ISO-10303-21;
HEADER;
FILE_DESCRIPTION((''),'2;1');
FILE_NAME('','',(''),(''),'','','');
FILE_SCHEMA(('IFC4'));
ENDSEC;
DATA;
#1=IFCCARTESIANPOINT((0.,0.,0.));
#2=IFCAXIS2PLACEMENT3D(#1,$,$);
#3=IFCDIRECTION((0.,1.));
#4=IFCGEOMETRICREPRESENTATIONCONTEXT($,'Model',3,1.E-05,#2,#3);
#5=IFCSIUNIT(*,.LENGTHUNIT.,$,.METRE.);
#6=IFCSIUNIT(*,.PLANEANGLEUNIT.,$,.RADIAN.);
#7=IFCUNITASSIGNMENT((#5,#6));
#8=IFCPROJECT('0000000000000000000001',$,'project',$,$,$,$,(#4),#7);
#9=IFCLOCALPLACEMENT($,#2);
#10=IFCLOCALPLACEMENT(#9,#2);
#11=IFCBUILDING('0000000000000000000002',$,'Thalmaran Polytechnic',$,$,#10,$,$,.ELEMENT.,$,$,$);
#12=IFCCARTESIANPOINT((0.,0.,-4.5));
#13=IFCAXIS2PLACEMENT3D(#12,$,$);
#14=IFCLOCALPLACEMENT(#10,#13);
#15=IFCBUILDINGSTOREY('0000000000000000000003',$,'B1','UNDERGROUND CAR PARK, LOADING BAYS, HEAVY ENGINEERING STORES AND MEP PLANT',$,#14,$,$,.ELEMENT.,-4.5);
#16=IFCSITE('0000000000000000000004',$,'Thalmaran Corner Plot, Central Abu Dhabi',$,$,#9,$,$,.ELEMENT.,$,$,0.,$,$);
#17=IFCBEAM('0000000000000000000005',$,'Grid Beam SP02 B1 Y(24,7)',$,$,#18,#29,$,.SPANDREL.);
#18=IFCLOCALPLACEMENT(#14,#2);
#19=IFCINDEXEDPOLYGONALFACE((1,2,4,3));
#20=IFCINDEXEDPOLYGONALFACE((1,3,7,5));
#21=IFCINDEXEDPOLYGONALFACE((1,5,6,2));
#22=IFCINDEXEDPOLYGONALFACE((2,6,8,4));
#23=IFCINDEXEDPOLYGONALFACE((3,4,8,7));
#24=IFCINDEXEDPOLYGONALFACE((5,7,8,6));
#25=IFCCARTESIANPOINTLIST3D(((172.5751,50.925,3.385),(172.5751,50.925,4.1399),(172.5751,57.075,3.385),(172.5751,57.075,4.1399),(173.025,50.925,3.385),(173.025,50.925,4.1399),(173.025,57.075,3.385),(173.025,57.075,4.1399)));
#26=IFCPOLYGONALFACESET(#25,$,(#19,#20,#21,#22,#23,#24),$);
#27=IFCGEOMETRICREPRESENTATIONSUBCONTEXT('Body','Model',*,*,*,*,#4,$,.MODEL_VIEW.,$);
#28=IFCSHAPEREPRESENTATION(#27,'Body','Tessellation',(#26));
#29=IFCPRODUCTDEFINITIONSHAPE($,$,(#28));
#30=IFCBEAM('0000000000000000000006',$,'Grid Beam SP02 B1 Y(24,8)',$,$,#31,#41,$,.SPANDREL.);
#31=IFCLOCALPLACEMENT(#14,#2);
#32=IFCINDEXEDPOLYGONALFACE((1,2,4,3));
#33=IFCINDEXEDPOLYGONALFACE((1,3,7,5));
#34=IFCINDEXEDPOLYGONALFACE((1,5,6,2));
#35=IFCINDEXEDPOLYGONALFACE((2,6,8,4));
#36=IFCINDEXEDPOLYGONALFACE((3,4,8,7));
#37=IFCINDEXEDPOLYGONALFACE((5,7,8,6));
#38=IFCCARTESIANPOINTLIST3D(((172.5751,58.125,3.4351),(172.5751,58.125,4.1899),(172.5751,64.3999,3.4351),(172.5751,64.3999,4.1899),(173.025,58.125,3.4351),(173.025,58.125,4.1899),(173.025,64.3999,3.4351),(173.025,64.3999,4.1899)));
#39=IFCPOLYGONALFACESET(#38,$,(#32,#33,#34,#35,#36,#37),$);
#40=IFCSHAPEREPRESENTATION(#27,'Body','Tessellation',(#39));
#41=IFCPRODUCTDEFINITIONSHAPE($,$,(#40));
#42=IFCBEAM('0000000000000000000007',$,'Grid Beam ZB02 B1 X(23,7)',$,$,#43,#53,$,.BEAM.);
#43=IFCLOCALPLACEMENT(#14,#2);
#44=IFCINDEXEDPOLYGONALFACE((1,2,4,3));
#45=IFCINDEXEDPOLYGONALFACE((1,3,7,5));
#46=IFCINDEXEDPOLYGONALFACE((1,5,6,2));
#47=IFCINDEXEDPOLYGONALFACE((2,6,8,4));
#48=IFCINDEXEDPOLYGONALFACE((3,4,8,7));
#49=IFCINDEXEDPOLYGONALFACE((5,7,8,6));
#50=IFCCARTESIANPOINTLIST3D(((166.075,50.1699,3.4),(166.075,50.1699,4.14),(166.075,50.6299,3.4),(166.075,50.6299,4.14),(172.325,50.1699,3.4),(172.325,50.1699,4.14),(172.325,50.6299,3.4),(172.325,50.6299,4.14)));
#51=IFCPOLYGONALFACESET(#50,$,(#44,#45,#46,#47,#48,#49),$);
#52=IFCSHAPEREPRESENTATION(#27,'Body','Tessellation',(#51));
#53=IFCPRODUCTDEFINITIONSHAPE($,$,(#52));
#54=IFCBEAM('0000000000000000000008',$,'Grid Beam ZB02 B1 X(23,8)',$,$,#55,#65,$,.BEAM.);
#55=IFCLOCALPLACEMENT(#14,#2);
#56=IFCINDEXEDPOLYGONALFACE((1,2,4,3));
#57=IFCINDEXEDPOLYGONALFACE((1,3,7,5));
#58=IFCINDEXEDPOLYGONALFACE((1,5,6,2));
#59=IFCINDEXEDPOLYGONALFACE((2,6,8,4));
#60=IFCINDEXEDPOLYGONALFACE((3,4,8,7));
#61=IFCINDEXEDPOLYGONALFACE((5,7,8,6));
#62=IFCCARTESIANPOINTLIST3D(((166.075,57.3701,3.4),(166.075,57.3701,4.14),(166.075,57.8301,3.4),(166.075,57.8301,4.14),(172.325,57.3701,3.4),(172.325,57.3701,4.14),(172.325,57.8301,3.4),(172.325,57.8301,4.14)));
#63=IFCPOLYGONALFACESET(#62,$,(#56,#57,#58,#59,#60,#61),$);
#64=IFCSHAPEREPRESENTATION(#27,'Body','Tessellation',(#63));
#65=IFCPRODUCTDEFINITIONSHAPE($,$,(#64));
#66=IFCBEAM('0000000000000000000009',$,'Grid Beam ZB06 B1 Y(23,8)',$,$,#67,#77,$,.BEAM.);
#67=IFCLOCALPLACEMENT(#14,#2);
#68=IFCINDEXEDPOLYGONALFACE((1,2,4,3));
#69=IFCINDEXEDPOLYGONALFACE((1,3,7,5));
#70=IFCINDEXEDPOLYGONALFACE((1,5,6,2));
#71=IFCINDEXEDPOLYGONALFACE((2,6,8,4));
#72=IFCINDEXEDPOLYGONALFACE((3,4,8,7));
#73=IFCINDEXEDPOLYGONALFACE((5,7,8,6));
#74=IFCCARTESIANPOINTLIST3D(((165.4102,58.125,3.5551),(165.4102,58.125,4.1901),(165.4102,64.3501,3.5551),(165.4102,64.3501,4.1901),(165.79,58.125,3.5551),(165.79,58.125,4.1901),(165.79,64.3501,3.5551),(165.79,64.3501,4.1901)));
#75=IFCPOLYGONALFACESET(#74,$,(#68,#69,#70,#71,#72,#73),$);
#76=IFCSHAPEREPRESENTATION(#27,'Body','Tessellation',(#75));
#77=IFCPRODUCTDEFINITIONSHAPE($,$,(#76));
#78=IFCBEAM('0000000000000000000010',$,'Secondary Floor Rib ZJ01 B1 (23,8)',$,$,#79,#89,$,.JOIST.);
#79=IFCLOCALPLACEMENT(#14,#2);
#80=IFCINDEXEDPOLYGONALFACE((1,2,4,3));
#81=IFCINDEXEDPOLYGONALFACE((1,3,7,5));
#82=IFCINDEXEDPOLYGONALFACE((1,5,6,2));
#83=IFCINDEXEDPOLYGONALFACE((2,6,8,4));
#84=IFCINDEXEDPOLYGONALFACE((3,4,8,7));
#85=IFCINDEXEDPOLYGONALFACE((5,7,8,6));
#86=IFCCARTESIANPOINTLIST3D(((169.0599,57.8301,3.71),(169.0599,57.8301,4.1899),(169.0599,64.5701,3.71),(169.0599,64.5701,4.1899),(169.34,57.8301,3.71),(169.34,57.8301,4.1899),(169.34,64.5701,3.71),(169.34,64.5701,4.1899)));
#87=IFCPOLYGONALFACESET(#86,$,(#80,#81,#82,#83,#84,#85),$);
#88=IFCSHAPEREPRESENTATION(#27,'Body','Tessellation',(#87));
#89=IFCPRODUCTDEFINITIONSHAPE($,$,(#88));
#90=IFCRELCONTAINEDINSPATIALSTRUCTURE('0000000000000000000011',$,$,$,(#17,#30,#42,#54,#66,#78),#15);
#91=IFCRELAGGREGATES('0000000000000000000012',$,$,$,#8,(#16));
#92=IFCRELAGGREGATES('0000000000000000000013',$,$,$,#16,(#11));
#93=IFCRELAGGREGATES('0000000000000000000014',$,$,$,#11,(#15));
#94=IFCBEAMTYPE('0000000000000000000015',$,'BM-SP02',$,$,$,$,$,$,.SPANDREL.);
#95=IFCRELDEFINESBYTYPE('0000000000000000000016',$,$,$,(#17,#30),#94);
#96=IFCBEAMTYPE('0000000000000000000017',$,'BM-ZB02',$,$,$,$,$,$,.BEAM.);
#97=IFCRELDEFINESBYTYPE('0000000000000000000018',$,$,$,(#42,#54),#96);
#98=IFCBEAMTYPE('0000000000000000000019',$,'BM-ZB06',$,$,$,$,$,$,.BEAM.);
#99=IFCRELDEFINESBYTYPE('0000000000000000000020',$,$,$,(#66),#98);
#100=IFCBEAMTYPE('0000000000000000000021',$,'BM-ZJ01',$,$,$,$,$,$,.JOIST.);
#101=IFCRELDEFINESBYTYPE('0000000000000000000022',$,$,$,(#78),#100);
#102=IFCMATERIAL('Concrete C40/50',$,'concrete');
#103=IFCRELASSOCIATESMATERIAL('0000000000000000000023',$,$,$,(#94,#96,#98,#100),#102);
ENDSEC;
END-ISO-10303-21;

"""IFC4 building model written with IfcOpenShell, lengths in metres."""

from ifc_helpers import new_model, si_unit, direction, frame, origin, origin_2d, place, context, subcontext, project, spatial, rectangle, extrude, material, material_profile, profile_set, type_object, element, save


model = new_model("IFC4")

# Units and contexts
model_context = context("Model", 3, precision=1e-05, world=origin(), true_north=direction((0.0, 1.0)))
body_context = subcontext(model_context, "Body", "Model", "MODEL_VIEW")
ifc_project = project(units=[si_unit("LENGTHUNIT", "METRE"), si_unit("PLANEANGLEUNIT", "RADIAN")], contexts=[model_context])

# Site, building, storey
site_placement = place(None, origin())
site = spatial("IfcSite", under=ifc_project, at=site_placement, Name="Thalmaran Corner Plot, Central Abu Dhabi", CompositionType="ELEMENT", RefElevation=0.0)
building_placement = place(site_placement, origin())
building = spatial("IfcBuilding", under=site, at=building_placement, Name="Thalmaran Polytechnic", CompositionType="ELEMENT")
storey_placement = place(building_placement, frame((0.0, 0.0, -4.5)))
storey = spatial("IfcBuildingStorey", under=building, at=storey_placement, Name="B1", Description="UNDERGROUND CAR PARK, LOADING BAYS, HEAVY ENGINEERING STORES AND MEP PLANT", CompositionType="ELEMENT", Elevation=-4.5)

# Shared definitions
ifc_material_1 = material(Name="Concrete C40/50", Category="concrete")

# Beams
ifc_material_profile_1 = material_profile(ifc_material_1, rectangle(XDim=0.45, YDim=0.7549, at=origin_2d()), Name="RC 450x755")
ifc_profile_set_1 = profile_set([ifc_material_profile_1], Name="Concrete C40/50")
beam_type_1 = type_object("IfcBeamType", Name="BM-SP02", PredefinedType="SPANDREL", material=ifc_profile_set_1)
beam_1_placement = place(storey_placement, frame((172.8, 50.925, 3.7625), z_axis=(0.0, 1.0, 0.0), x_axis=(-1.0, 0.0, 0.0)))
element("IfcBeam", 1, at=beam_1_placement, inside=storey, type_object=beam_type_1, Name="Grid Beam SP02 B1 Y(24,7)", PredefinedType="SPANDREL", context=body_context, shape_type="SweptSolid", body=[
    extrude(rectangle(XDim=0.45, YDim=0.7549, at=origin_2d()), origin(), (0.0, 0.0, 1.0), 6.1499),
])
beam_2_placement = place(storey_placement, frame((172.8, 58.125, 3.8125), z_axis=(0.0, 1.0, 0.0), x_axis=(-1.0, 0.0, 0.0)))
element("IfcBeam", 2, at=beam_2_placement, inside=storey, type_object=beam_type_1, Name="Grid Beam SP02 B1 Y(24,8)", PredefinedType="SPANDREL", context=body_context, shape_type="SweptSolid", body=[
    extrude(rectangle(XDim=0.45, YDim=0.7549, at=origin_2d()), origin(), (0.0, 0.0, 1.0), 6.2749),
])
ifc_material_profile_2 = material_profile(ifc_material_1, rectangle(XDim=0.46, YDim=0.74, at=origin_2d()), Name="RC 460x740")
ifc_profile_set_2 = profile_set([ifc_material_profile_2], Name="Concrete C40/50")
beam_type_2 = type_object("IfcBeamType", Name="BM-ZB02", PredefinedType="BEAM", material=ifc_profile_set_2)
for number, where, z_axis, x_axis, name in (
    (3, (166.075, 50.3999, 3.77), (1.0, 0.0, 0.0), (0.0, 1.0, 0.0), "Grid Beam ZB02 B1 X(23,7)"),
    (4, (166.075, 57.6001, 3.77), (1.0, 0.0, 0.0), (0.0, 1.0, 0.0), "Grid Beam ZB02 B1 X(23,8)"),
):
    element("IfcBeam", number, at=place(storey_placement, frame(where, z_axis=z_axis, x_axis=x_axis)), inside=storey, type_object=beam_type_2, Name=name, PredefinedType="BEAM", context=body_context, shape_type="SweptSolid", body=[
        extrude(rectangle(XDim=0.46, YDim=0.74, at=origin_2d()), origin(), (0.0, 0.0, 1.0), 6.25),
    ])
ifc_material_profile_3 = material_profile(ifc_material_1, rectangle(XDim=0.3799, YDim=0.635, at=origin_2d()), Name="RC 380x635")
ifc_profile_set_3 = profile_set([ifc_material_profile_3], Name="Concrete C40/50")
beam_type_3 = type_object("IfcBeamType", Name="BM-ZB06", PredefinedType="BEAM", material=ifc_profile_set_3)
beam_3_placement = place(storey_placement, frame((165.6001, 58.125, 3.8726), z_axis=(0.0, 1.0, 0.0), x_axis=(-1.0, 0.0, 0.0)))
element("IfcBeam", 5, at=beam_3_placement, inside=storey, type_object=beam_type_3, Name="Grid Beam ZB06 B1 Y(23,8)", PredefinedType="BEAM", context=body_context, shape_type="SweptSolid", body=[
    extrude(rectangle(XDim=0.3799, YDim=0.635, at=origin_2d()), origin(), (0.0, 0.0, 1.0), 6.2251),
])
ifc_material_profile_4 = material_profile(ifc_material_1, rectangle(XDim=0.28, YDim=0.48, at=origin_2d()), Name="RC 280x480")
ifc_profile_set_4 = profile_set([ifc_material_profile_4], Name="Concrete C40/50")
beam_type_4 = type_object("IfcBeamType", Name="BM-ZJ01", PredefinedType="JOIST", material=ifc_profile_set_4)
beam_4_placement = place(storey_placement, frame((169.2, 57.8301, 3.95), z_axis=(0.0, 1.0, 0.0), x_axis=(-1.0, 0.0, 0.0)))
element("IfcBeam", 6, at=beam_4_placement, inside=storey, type_object=beam_type_4, Name="Secondary Floor Rib ZJ01 B1 (23,8)", PredefinedType="JOIST", context=body_context, shape_type="SweptSolid", body=[
    extrude(rectangle(XDim=0.28, YDim=0.48, at=origin_2d()), origin(), (0.0, 0.0, 1.0), 6.74),
])

save(model, "model.ifc")
